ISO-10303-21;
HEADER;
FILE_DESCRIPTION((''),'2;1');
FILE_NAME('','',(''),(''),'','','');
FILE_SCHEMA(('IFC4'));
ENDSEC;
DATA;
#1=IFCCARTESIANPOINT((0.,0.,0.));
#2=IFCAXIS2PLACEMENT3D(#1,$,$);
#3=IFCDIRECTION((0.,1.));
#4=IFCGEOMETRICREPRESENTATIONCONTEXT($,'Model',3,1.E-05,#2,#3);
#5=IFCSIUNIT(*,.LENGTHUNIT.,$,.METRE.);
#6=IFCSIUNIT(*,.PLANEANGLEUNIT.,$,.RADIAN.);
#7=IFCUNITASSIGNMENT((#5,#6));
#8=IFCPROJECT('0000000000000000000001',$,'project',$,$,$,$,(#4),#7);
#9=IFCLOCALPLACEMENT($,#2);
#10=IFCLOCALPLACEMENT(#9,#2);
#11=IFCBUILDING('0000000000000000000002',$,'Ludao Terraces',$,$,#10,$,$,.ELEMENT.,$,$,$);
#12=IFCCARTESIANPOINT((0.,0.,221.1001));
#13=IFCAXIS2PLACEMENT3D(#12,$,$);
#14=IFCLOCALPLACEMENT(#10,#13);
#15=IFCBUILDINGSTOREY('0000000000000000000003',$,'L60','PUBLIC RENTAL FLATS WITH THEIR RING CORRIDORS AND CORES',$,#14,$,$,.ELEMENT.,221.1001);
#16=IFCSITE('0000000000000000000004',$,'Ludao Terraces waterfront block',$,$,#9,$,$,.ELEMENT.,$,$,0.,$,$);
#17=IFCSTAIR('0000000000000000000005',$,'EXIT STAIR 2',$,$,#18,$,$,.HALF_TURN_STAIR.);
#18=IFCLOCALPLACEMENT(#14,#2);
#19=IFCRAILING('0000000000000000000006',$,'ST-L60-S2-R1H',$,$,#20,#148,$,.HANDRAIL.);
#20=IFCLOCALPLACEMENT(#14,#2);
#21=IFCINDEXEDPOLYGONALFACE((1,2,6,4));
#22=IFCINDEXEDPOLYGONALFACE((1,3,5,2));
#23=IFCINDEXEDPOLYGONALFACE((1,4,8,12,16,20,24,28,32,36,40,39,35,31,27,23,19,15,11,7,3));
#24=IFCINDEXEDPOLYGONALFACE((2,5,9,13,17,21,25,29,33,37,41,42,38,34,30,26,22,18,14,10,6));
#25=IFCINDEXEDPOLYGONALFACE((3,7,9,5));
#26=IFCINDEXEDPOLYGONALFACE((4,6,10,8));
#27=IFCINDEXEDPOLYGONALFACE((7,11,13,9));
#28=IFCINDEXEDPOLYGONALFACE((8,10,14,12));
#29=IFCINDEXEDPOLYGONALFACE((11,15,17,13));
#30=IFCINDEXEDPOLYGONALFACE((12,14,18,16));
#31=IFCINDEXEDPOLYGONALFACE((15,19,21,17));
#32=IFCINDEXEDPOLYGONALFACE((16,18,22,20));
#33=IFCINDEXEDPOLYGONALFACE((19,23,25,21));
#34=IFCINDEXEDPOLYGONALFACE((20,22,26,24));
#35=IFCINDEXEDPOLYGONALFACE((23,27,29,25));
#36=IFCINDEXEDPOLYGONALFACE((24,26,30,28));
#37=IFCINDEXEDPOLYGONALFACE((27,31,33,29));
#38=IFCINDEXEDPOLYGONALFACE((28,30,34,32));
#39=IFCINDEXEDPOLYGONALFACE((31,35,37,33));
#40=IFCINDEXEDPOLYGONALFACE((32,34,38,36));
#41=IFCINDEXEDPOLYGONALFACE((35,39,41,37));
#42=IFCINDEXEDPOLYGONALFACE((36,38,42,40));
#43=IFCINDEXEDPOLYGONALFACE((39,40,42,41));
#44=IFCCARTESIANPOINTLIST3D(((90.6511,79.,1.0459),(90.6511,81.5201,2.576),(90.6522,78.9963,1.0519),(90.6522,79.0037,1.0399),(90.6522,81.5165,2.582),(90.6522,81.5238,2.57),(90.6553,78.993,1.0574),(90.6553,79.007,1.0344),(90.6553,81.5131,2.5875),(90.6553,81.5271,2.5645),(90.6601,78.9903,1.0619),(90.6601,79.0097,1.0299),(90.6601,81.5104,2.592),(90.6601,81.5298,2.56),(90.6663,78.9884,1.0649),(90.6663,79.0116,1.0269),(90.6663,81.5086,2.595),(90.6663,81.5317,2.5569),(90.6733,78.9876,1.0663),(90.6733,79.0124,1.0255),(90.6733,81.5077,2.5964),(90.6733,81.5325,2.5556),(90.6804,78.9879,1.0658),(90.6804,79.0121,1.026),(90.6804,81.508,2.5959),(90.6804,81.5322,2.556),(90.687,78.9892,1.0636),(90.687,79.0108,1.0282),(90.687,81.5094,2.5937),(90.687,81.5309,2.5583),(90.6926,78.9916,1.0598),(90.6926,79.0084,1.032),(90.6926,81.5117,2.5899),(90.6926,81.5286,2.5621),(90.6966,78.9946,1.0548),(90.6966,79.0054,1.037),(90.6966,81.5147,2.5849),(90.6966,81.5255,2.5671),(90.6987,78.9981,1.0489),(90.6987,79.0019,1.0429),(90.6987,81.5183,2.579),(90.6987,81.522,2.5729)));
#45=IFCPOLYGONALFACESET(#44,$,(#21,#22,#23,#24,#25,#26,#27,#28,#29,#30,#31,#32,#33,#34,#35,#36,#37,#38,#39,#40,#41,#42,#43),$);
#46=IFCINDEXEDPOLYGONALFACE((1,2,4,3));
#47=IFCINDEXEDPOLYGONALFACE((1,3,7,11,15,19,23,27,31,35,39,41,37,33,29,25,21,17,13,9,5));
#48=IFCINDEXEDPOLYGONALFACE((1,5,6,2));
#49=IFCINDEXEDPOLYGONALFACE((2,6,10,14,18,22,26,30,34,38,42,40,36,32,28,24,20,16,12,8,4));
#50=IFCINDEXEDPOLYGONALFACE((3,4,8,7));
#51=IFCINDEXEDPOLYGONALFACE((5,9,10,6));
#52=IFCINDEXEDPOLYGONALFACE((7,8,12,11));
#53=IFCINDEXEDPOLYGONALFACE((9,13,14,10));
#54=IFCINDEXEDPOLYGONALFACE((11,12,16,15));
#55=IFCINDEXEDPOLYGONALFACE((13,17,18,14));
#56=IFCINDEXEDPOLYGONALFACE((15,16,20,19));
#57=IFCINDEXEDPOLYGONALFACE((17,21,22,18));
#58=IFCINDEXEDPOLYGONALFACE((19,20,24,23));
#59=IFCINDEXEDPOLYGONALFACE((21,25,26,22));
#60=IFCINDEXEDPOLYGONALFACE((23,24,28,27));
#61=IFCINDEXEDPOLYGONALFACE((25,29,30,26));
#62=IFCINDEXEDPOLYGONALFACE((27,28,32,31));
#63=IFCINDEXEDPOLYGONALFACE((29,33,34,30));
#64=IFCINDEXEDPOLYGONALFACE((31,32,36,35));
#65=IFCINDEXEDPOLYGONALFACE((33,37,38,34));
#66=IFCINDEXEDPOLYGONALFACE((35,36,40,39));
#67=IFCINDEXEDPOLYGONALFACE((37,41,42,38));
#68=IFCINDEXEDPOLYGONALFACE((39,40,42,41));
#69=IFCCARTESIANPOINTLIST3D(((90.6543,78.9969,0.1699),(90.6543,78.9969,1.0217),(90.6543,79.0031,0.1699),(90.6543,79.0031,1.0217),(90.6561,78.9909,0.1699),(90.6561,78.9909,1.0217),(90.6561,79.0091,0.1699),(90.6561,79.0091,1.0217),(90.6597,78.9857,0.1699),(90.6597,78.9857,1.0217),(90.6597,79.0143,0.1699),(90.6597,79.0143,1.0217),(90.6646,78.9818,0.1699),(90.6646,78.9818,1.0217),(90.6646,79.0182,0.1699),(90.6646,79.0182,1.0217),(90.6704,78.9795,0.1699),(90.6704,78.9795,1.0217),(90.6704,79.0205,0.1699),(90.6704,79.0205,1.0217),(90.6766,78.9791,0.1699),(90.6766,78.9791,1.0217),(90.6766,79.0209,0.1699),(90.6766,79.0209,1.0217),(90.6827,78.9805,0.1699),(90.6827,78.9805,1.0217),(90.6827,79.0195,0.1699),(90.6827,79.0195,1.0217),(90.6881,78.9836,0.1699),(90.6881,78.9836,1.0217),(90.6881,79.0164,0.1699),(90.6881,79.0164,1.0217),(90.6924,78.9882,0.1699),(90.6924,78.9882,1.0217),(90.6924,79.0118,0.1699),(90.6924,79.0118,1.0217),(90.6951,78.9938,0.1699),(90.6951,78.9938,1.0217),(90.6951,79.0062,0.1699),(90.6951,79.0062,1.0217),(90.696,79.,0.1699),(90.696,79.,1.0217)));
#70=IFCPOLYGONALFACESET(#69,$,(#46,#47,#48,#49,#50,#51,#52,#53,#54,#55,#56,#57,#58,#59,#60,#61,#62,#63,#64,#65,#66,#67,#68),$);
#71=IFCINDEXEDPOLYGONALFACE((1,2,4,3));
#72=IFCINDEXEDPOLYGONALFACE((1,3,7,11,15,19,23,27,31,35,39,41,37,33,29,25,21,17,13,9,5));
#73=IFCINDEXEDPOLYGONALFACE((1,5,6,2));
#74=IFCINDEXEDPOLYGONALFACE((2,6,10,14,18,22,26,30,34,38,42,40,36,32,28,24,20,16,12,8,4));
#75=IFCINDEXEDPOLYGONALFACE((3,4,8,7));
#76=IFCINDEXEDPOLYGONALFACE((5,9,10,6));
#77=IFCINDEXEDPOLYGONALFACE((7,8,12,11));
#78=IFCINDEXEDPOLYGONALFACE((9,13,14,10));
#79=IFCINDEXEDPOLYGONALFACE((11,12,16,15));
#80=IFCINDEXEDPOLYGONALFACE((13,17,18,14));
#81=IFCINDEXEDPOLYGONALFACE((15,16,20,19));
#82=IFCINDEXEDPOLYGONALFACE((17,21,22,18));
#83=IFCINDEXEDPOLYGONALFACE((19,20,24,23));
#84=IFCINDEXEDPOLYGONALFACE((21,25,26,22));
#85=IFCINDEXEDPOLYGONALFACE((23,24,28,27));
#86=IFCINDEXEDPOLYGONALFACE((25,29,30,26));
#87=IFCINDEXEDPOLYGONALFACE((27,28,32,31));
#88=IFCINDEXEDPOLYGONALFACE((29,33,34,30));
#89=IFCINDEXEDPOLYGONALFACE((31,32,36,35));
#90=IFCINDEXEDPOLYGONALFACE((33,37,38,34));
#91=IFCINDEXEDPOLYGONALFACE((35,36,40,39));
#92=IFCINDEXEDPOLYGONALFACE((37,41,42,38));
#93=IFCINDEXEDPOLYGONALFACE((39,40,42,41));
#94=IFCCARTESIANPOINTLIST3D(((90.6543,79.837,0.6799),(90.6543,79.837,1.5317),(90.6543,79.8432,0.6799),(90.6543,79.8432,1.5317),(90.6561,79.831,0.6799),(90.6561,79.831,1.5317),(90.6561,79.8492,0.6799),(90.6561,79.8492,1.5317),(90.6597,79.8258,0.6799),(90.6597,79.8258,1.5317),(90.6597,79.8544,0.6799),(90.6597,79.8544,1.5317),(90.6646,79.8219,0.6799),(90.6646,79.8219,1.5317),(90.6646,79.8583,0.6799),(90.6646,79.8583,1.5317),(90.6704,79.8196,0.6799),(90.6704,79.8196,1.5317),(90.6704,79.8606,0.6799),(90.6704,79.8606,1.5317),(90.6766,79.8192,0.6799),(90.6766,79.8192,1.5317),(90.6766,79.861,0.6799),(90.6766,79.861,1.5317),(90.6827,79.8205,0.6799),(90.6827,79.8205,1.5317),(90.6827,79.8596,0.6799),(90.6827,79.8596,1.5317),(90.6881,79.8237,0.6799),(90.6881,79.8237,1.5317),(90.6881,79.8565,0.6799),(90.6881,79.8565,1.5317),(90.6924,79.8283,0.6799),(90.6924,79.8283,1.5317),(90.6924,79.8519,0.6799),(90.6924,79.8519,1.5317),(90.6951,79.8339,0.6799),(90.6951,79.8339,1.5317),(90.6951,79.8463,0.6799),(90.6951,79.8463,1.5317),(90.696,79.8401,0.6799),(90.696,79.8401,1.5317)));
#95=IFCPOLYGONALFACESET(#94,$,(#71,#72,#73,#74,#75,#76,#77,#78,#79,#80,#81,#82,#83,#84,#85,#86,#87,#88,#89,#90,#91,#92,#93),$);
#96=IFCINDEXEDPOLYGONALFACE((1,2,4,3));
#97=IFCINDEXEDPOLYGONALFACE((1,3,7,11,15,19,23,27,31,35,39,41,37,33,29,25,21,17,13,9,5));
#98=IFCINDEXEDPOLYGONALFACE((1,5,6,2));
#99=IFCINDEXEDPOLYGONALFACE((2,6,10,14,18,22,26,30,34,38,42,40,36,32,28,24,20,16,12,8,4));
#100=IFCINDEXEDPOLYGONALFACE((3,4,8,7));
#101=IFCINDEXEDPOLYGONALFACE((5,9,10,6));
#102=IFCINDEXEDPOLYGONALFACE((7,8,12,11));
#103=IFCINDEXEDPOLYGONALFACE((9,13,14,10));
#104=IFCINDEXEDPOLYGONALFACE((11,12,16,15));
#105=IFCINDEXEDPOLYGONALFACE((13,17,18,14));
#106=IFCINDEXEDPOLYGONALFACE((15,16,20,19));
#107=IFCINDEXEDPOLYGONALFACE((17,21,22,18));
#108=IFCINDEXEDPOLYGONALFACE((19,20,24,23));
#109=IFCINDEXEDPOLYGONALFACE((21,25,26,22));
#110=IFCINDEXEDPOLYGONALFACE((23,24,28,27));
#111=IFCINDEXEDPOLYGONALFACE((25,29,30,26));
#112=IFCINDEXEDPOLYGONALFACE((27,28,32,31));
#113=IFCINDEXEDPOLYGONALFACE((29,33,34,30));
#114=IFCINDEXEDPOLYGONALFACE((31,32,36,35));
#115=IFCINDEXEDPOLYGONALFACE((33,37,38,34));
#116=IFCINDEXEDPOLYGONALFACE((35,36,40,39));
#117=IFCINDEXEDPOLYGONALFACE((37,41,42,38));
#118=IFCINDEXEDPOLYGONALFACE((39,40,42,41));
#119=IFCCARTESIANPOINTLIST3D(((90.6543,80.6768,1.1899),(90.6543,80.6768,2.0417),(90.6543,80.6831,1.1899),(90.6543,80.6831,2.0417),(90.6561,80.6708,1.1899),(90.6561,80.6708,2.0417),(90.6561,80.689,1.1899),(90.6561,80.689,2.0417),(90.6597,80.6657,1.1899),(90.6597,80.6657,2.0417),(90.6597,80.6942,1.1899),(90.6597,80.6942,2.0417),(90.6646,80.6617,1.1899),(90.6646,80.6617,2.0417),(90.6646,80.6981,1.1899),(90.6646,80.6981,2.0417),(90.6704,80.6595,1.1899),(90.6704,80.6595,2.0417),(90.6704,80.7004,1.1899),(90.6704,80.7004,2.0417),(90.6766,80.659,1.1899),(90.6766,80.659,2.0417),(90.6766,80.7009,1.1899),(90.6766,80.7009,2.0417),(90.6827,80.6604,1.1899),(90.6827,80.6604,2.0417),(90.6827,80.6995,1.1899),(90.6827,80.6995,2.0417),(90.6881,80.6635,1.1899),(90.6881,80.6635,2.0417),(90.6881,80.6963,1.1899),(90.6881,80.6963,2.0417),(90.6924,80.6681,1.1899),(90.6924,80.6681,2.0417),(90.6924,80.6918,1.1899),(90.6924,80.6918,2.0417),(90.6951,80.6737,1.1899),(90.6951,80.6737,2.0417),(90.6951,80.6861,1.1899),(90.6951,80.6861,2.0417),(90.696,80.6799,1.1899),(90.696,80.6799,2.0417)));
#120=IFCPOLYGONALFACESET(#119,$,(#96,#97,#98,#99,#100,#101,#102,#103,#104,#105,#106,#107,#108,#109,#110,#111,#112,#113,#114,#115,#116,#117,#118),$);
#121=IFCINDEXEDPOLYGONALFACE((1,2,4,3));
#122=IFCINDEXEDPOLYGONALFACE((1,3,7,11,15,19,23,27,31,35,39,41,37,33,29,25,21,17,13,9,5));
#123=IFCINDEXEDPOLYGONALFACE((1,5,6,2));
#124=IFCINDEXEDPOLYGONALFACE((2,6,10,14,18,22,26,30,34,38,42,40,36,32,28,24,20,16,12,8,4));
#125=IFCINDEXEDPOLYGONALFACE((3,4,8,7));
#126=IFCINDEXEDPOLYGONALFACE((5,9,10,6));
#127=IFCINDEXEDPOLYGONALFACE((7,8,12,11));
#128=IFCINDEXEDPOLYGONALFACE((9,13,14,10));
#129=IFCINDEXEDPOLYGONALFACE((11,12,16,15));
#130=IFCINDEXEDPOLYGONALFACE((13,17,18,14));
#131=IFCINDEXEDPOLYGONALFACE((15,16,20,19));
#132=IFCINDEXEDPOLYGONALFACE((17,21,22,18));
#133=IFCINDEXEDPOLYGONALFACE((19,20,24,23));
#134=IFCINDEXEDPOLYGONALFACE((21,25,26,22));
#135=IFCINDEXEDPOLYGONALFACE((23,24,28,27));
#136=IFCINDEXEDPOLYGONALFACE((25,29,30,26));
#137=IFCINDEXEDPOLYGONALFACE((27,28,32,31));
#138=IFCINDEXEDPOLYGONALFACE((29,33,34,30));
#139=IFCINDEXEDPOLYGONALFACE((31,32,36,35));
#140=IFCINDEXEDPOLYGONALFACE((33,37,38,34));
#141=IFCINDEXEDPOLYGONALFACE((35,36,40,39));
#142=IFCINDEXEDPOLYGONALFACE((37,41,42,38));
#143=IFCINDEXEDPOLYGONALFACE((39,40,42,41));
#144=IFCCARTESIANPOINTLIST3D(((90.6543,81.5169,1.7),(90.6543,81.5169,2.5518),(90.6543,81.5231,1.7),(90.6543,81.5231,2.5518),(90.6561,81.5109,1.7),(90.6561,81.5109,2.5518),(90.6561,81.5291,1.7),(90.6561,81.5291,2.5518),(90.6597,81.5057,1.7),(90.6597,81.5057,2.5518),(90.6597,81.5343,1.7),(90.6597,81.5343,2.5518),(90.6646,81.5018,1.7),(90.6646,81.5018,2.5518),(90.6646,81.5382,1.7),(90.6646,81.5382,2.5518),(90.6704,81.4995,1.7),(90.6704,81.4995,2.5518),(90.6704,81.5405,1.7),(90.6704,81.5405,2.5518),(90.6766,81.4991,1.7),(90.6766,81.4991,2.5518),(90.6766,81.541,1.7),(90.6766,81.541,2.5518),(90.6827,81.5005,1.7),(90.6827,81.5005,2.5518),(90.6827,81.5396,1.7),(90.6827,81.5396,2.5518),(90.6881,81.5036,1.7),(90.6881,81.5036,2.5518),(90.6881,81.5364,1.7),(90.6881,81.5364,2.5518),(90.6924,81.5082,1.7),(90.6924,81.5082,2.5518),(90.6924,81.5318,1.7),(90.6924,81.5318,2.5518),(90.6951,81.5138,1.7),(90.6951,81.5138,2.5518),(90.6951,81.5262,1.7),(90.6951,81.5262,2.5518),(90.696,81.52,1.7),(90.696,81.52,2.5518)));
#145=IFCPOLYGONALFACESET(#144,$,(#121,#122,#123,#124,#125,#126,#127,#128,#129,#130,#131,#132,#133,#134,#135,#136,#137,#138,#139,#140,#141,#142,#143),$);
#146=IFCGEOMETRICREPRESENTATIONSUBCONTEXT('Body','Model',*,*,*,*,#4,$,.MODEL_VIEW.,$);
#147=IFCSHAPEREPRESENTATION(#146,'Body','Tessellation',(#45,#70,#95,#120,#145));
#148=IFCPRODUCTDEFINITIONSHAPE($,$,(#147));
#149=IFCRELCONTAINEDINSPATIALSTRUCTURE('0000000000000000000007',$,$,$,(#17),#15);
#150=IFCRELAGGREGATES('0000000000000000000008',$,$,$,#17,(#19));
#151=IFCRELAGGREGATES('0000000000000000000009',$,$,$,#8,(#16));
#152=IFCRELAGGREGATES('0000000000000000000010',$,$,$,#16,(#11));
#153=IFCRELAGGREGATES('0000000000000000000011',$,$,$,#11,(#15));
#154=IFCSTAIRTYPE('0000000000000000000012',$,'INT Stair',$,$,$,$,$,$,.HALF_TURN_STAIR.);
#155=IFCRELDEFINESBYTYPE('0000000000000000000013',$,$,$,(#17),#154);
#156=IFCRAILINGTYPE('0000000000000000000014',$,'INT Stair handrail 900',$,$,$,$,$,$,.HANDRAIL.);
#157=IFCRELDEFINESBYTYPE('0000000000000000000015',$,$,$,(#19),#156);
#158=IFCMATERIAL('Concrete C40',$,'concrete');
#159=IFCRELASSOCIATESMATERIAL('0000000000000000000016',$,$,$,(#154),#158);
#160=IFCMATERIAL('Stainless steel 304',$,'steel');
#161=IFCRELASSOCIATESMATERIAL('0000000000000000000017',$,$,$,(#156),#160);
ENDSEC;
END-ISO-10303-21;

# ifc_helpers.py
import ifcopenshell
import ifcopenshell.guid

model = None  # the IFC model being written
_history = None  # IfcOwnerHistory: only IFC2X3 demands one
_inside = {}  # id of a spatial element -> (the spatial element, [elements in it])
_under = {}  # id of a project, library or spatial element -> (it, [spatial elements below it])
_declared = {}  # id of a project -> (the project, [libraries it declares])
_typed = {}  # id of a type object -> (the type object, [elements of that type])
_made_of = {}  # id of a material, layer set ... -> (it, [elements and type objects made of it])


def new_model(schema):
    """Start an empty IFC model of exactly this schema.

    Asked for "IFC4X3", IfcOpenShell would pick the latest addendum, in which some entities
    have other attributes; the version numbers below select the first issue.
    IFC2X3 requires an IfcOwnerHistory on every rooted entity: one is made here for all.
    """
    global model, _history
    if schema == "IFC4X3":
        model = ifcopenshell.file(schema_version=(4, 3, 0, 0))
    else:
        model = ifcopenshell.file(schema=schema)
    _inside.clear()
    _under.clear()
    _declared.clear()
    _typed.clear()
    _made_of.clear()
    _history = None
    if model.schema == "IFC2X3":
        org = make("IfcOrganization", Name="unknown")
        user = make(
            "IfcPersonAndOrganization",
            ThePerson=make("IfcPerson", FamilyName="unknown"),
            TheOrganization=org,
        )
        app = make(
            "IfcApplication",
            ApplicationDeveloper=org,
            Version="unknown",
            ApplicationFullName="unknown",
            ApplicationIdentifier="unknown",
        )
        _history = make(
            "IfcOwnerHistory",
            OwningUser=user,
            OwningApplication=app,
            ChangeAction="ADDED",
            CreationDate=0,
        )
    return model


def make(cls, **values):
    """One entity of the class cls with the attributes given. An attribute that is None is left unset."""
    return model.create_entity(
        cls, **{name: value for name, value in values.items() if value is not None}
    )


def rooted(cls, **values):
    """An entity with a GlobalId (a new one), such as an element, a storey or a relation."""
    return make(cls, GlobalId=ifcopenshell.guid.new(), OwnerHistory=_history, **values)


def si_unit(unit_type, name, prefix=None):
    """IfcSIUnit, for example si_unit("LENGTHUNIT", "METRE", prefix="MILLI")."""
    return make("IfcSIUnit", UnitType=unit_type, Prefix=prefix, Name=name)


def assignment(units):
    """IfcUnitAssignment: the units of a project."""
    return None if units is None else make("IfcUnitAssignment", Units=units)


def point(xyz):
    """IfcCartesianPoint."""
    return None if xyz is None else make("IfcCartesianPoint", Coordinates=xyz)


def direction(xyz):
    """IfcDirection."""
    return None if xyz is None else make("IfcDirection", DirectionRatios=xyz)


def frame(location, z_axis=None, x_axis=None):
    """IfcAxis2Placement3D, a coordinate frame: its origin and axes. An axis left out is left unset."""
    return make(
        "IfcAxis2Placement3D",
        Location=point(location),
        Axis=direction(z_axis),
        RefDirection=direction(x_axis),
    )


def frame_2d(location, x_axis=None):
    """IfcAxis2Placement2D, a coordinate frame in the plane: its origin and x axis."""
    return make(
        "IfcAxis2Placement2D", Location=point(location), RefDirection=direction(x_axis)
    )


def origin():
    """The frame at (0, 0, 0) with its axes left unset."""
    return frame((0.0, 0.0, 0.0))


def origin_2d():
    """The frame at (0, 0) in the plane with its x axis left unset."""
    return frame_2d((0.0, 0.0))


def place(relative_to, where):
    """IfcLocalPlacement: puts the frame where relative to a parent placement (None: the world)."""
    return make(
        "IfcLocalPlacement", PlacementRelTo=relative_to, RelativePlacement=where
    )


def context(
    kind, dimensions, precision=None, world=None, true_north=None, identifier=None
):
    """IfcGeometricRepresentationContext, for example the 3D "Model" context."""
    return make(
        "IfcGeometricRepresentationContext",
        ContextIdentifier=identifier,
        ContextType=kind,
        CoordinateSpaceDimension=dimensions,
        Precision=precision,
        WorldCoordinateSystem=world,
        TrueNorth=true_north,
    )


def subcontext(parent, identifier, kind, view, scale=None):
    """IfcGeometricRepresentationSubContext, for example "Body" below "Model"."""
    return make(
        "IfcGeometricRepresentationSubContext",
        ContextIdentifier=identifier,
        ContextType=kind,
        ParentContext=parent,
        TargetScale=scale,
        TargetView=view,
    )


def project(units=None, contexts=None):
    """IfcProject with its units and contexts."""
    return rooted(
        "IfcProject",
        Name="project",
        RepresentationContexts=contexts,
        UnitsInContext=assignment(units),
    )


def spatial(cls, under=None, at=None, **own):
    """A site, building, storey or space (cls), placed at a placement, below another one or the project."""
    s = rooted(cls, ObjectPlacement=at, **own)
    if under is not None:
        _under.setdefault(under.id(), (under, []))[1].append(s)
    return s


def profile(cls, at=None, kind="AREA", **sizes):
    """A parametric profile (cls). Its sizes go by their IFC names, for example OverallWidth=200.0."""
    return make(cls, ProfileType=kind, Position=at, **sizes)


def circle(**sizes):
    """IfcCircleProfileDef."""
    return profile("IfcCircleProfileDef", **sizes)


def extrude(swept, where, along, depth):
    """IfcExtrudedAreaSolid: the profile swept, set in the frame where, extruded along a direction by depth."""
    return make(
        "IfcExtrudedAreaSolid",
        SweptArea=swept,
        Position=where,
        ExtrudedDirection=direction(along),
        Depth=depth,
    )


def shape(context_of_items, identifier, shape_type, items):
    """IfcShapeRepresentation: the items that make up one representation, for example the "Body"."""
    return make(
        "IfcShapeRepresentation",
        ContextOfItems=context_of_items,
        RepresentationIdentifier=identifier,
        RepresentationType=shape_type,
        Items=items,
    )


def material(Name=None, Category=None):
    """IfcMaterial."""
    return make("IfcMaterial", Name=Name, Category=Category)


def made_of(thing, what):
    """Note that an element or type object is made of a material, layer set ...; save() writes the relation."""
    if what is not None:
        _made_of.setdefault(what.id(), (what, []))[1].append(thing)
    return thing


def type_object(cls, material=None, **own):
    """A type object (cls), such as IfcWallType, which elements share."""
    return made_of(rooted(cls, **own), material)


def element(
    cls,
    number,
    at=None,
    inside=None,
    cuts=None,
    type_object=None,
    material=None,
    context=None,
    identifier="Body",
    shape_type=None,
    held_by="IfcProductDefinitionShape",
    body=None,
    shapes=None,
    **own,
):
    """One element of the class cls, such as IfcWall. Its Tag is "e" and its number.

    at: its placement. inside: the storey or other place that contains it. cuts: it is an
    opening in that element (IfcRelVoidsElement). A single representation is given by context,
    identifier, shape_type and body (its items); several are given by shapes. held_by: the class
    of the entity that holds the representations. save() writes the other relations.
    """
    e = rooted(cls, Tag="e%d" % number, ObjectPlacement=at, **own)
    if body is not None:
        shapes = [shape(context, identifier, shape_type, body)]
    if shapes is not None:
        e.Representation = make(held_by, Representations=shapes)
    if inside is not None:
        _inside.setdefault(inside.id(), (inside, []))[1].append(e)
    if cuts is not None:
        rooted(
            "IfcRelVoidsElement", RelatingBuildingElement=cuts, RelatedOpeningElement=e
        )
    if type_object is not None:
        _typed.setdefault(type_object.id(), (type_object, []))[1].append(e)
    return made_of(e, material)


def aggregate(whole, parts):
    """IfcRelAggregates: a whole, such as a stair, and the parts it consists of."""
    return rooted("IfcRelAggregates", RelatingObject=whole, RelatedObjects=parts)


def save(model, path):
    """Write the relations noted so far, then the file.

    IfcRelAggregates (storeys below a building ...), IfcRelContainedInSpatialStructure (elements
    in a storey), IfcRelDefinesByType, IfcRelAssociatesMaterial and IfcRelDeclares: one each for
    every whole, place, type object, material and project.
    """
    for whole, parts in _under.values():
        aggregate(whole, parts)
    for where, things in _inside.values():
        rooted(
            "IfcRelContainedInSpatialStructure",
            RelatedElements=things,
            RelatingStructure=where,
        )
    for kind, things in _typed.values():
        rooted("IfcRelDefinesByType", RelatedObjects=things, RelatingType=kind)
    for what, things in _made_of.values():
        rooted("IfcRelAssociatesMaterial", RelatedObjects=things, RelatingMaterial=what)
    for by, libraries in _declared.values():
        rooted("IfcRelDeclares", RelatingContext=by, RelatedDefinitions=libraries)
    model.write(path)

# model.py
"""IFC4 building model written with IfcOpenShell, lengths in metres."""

from ifc_helpers import new_model, si_unit, direction, frame, origin, origin_2d, place, context, subcontext, project, spatial, circle, extrude, material, type_object, element, aggregate, save


model = new_model("IFC4")

# Units and contexts
model_context = context("Model", 3, precision=1e-05, world=origin(), true_north=direction((0.0, 1.0)))
body_context = subcontext(model_context, "Body", "Model", "MODEL_VIEW")
ifc_project = project(units=[si_unit("LENGTHUNIT", "METRE"), si_unit("PLANEANGLEUNIT", "RADIAN")], contexts=[model_context])

# Site, building, storey
site_placement = place(None, origin())
site = spatial("IfcSite", under=ifc_project, at=site_placement, Name="Ludao Terraces waterfront block", CompositionType="ELEMENT", RefElevation=0.0)
building_placement = place(site_placement, origin())
building = spatial("IfcBuilding", under=site, at=building_placement, Name="Ludao Terraces", CompositionType="ELEMENT")
storey_placement = place(building_placement, frame((0.0, 0.0, 221.1001)))
storey = spatial("IfcBuildingStorey", under=building, at=storey_placement, Name="L60", Description="PUBLIC RENTAL FLATS WITH THEIR RING CORRIDORS AND CORES", CompositionType="ELEMENT", Elevation=221.1001)

# Shared definitions
ifc_material_1 = material(Name="Stainless steel 304", Category="steel")

# Stair, railing
ifc_material_2 = material(Name="Concrete C40", Category="concrete")
stair_type = type_object("IfcStairType", Name="INT Stair", PredefinedType="HALF_TURN_STAIR", material=ifc_material_2)
stair_placement = place(storey_placement, origin())
stair = element("IfcStair", 1, at=stair_placement, inside=storey, type_object=stair_type, Name="EXIT STAIR 2", PredefinedType="HALF_TURN_STAIR")
railing_type_1 = type_object("IfcRailingType", Name="INT Stair handrail 900", PredefinedType="HANDRAIL", material=ifc_material_1)
railing_1_placement = place(storey_placement, frame((90.675, 79.0, 0.1699)))
railing_1 = element("IfcRailing", 2, at=railing_1_placement, type_object=railing_type_1, Name="ST-L60-S2-R1H", PredefinedType="HANDRAIL", context=body_context, shape_type="SweptSolid", body=[
    extrude(circle(Radius=0.0239, at=origin_2d()), frame((0.0, 0.0, 0.876), z_axis=(0.0, 0.854785, 0.518982), x_axis=(-1.0, 0.0, 0.0)), (0.0, 0.0, 1.0), 2.9482),
    extrude(circle(Radius=0.021, at=origin_2d()), origin(), (0.0, 0.0, 1.0), 0.8518),
    extrude(circle(Radius=0.021, at=origin_2d()), frame((0.0, 0.8401, 0.51)), (0.0, 0.0, 1.0), 0.8518),
    extrude(circle(Radius=0.021, at=origin_2d()), frame((0.0, 1.6799, 1.02)), (0.0, 0.0, 1.0), 0.8518),
    extrude(circle(Radius=0.021, at=origin_2d()), frame((0.0, 2.52, 1.53)), (0.0, 0.0, 1.0), 0.8518),
])
aggregate(stair, [railing_1])

save(model, "model.ifc")
